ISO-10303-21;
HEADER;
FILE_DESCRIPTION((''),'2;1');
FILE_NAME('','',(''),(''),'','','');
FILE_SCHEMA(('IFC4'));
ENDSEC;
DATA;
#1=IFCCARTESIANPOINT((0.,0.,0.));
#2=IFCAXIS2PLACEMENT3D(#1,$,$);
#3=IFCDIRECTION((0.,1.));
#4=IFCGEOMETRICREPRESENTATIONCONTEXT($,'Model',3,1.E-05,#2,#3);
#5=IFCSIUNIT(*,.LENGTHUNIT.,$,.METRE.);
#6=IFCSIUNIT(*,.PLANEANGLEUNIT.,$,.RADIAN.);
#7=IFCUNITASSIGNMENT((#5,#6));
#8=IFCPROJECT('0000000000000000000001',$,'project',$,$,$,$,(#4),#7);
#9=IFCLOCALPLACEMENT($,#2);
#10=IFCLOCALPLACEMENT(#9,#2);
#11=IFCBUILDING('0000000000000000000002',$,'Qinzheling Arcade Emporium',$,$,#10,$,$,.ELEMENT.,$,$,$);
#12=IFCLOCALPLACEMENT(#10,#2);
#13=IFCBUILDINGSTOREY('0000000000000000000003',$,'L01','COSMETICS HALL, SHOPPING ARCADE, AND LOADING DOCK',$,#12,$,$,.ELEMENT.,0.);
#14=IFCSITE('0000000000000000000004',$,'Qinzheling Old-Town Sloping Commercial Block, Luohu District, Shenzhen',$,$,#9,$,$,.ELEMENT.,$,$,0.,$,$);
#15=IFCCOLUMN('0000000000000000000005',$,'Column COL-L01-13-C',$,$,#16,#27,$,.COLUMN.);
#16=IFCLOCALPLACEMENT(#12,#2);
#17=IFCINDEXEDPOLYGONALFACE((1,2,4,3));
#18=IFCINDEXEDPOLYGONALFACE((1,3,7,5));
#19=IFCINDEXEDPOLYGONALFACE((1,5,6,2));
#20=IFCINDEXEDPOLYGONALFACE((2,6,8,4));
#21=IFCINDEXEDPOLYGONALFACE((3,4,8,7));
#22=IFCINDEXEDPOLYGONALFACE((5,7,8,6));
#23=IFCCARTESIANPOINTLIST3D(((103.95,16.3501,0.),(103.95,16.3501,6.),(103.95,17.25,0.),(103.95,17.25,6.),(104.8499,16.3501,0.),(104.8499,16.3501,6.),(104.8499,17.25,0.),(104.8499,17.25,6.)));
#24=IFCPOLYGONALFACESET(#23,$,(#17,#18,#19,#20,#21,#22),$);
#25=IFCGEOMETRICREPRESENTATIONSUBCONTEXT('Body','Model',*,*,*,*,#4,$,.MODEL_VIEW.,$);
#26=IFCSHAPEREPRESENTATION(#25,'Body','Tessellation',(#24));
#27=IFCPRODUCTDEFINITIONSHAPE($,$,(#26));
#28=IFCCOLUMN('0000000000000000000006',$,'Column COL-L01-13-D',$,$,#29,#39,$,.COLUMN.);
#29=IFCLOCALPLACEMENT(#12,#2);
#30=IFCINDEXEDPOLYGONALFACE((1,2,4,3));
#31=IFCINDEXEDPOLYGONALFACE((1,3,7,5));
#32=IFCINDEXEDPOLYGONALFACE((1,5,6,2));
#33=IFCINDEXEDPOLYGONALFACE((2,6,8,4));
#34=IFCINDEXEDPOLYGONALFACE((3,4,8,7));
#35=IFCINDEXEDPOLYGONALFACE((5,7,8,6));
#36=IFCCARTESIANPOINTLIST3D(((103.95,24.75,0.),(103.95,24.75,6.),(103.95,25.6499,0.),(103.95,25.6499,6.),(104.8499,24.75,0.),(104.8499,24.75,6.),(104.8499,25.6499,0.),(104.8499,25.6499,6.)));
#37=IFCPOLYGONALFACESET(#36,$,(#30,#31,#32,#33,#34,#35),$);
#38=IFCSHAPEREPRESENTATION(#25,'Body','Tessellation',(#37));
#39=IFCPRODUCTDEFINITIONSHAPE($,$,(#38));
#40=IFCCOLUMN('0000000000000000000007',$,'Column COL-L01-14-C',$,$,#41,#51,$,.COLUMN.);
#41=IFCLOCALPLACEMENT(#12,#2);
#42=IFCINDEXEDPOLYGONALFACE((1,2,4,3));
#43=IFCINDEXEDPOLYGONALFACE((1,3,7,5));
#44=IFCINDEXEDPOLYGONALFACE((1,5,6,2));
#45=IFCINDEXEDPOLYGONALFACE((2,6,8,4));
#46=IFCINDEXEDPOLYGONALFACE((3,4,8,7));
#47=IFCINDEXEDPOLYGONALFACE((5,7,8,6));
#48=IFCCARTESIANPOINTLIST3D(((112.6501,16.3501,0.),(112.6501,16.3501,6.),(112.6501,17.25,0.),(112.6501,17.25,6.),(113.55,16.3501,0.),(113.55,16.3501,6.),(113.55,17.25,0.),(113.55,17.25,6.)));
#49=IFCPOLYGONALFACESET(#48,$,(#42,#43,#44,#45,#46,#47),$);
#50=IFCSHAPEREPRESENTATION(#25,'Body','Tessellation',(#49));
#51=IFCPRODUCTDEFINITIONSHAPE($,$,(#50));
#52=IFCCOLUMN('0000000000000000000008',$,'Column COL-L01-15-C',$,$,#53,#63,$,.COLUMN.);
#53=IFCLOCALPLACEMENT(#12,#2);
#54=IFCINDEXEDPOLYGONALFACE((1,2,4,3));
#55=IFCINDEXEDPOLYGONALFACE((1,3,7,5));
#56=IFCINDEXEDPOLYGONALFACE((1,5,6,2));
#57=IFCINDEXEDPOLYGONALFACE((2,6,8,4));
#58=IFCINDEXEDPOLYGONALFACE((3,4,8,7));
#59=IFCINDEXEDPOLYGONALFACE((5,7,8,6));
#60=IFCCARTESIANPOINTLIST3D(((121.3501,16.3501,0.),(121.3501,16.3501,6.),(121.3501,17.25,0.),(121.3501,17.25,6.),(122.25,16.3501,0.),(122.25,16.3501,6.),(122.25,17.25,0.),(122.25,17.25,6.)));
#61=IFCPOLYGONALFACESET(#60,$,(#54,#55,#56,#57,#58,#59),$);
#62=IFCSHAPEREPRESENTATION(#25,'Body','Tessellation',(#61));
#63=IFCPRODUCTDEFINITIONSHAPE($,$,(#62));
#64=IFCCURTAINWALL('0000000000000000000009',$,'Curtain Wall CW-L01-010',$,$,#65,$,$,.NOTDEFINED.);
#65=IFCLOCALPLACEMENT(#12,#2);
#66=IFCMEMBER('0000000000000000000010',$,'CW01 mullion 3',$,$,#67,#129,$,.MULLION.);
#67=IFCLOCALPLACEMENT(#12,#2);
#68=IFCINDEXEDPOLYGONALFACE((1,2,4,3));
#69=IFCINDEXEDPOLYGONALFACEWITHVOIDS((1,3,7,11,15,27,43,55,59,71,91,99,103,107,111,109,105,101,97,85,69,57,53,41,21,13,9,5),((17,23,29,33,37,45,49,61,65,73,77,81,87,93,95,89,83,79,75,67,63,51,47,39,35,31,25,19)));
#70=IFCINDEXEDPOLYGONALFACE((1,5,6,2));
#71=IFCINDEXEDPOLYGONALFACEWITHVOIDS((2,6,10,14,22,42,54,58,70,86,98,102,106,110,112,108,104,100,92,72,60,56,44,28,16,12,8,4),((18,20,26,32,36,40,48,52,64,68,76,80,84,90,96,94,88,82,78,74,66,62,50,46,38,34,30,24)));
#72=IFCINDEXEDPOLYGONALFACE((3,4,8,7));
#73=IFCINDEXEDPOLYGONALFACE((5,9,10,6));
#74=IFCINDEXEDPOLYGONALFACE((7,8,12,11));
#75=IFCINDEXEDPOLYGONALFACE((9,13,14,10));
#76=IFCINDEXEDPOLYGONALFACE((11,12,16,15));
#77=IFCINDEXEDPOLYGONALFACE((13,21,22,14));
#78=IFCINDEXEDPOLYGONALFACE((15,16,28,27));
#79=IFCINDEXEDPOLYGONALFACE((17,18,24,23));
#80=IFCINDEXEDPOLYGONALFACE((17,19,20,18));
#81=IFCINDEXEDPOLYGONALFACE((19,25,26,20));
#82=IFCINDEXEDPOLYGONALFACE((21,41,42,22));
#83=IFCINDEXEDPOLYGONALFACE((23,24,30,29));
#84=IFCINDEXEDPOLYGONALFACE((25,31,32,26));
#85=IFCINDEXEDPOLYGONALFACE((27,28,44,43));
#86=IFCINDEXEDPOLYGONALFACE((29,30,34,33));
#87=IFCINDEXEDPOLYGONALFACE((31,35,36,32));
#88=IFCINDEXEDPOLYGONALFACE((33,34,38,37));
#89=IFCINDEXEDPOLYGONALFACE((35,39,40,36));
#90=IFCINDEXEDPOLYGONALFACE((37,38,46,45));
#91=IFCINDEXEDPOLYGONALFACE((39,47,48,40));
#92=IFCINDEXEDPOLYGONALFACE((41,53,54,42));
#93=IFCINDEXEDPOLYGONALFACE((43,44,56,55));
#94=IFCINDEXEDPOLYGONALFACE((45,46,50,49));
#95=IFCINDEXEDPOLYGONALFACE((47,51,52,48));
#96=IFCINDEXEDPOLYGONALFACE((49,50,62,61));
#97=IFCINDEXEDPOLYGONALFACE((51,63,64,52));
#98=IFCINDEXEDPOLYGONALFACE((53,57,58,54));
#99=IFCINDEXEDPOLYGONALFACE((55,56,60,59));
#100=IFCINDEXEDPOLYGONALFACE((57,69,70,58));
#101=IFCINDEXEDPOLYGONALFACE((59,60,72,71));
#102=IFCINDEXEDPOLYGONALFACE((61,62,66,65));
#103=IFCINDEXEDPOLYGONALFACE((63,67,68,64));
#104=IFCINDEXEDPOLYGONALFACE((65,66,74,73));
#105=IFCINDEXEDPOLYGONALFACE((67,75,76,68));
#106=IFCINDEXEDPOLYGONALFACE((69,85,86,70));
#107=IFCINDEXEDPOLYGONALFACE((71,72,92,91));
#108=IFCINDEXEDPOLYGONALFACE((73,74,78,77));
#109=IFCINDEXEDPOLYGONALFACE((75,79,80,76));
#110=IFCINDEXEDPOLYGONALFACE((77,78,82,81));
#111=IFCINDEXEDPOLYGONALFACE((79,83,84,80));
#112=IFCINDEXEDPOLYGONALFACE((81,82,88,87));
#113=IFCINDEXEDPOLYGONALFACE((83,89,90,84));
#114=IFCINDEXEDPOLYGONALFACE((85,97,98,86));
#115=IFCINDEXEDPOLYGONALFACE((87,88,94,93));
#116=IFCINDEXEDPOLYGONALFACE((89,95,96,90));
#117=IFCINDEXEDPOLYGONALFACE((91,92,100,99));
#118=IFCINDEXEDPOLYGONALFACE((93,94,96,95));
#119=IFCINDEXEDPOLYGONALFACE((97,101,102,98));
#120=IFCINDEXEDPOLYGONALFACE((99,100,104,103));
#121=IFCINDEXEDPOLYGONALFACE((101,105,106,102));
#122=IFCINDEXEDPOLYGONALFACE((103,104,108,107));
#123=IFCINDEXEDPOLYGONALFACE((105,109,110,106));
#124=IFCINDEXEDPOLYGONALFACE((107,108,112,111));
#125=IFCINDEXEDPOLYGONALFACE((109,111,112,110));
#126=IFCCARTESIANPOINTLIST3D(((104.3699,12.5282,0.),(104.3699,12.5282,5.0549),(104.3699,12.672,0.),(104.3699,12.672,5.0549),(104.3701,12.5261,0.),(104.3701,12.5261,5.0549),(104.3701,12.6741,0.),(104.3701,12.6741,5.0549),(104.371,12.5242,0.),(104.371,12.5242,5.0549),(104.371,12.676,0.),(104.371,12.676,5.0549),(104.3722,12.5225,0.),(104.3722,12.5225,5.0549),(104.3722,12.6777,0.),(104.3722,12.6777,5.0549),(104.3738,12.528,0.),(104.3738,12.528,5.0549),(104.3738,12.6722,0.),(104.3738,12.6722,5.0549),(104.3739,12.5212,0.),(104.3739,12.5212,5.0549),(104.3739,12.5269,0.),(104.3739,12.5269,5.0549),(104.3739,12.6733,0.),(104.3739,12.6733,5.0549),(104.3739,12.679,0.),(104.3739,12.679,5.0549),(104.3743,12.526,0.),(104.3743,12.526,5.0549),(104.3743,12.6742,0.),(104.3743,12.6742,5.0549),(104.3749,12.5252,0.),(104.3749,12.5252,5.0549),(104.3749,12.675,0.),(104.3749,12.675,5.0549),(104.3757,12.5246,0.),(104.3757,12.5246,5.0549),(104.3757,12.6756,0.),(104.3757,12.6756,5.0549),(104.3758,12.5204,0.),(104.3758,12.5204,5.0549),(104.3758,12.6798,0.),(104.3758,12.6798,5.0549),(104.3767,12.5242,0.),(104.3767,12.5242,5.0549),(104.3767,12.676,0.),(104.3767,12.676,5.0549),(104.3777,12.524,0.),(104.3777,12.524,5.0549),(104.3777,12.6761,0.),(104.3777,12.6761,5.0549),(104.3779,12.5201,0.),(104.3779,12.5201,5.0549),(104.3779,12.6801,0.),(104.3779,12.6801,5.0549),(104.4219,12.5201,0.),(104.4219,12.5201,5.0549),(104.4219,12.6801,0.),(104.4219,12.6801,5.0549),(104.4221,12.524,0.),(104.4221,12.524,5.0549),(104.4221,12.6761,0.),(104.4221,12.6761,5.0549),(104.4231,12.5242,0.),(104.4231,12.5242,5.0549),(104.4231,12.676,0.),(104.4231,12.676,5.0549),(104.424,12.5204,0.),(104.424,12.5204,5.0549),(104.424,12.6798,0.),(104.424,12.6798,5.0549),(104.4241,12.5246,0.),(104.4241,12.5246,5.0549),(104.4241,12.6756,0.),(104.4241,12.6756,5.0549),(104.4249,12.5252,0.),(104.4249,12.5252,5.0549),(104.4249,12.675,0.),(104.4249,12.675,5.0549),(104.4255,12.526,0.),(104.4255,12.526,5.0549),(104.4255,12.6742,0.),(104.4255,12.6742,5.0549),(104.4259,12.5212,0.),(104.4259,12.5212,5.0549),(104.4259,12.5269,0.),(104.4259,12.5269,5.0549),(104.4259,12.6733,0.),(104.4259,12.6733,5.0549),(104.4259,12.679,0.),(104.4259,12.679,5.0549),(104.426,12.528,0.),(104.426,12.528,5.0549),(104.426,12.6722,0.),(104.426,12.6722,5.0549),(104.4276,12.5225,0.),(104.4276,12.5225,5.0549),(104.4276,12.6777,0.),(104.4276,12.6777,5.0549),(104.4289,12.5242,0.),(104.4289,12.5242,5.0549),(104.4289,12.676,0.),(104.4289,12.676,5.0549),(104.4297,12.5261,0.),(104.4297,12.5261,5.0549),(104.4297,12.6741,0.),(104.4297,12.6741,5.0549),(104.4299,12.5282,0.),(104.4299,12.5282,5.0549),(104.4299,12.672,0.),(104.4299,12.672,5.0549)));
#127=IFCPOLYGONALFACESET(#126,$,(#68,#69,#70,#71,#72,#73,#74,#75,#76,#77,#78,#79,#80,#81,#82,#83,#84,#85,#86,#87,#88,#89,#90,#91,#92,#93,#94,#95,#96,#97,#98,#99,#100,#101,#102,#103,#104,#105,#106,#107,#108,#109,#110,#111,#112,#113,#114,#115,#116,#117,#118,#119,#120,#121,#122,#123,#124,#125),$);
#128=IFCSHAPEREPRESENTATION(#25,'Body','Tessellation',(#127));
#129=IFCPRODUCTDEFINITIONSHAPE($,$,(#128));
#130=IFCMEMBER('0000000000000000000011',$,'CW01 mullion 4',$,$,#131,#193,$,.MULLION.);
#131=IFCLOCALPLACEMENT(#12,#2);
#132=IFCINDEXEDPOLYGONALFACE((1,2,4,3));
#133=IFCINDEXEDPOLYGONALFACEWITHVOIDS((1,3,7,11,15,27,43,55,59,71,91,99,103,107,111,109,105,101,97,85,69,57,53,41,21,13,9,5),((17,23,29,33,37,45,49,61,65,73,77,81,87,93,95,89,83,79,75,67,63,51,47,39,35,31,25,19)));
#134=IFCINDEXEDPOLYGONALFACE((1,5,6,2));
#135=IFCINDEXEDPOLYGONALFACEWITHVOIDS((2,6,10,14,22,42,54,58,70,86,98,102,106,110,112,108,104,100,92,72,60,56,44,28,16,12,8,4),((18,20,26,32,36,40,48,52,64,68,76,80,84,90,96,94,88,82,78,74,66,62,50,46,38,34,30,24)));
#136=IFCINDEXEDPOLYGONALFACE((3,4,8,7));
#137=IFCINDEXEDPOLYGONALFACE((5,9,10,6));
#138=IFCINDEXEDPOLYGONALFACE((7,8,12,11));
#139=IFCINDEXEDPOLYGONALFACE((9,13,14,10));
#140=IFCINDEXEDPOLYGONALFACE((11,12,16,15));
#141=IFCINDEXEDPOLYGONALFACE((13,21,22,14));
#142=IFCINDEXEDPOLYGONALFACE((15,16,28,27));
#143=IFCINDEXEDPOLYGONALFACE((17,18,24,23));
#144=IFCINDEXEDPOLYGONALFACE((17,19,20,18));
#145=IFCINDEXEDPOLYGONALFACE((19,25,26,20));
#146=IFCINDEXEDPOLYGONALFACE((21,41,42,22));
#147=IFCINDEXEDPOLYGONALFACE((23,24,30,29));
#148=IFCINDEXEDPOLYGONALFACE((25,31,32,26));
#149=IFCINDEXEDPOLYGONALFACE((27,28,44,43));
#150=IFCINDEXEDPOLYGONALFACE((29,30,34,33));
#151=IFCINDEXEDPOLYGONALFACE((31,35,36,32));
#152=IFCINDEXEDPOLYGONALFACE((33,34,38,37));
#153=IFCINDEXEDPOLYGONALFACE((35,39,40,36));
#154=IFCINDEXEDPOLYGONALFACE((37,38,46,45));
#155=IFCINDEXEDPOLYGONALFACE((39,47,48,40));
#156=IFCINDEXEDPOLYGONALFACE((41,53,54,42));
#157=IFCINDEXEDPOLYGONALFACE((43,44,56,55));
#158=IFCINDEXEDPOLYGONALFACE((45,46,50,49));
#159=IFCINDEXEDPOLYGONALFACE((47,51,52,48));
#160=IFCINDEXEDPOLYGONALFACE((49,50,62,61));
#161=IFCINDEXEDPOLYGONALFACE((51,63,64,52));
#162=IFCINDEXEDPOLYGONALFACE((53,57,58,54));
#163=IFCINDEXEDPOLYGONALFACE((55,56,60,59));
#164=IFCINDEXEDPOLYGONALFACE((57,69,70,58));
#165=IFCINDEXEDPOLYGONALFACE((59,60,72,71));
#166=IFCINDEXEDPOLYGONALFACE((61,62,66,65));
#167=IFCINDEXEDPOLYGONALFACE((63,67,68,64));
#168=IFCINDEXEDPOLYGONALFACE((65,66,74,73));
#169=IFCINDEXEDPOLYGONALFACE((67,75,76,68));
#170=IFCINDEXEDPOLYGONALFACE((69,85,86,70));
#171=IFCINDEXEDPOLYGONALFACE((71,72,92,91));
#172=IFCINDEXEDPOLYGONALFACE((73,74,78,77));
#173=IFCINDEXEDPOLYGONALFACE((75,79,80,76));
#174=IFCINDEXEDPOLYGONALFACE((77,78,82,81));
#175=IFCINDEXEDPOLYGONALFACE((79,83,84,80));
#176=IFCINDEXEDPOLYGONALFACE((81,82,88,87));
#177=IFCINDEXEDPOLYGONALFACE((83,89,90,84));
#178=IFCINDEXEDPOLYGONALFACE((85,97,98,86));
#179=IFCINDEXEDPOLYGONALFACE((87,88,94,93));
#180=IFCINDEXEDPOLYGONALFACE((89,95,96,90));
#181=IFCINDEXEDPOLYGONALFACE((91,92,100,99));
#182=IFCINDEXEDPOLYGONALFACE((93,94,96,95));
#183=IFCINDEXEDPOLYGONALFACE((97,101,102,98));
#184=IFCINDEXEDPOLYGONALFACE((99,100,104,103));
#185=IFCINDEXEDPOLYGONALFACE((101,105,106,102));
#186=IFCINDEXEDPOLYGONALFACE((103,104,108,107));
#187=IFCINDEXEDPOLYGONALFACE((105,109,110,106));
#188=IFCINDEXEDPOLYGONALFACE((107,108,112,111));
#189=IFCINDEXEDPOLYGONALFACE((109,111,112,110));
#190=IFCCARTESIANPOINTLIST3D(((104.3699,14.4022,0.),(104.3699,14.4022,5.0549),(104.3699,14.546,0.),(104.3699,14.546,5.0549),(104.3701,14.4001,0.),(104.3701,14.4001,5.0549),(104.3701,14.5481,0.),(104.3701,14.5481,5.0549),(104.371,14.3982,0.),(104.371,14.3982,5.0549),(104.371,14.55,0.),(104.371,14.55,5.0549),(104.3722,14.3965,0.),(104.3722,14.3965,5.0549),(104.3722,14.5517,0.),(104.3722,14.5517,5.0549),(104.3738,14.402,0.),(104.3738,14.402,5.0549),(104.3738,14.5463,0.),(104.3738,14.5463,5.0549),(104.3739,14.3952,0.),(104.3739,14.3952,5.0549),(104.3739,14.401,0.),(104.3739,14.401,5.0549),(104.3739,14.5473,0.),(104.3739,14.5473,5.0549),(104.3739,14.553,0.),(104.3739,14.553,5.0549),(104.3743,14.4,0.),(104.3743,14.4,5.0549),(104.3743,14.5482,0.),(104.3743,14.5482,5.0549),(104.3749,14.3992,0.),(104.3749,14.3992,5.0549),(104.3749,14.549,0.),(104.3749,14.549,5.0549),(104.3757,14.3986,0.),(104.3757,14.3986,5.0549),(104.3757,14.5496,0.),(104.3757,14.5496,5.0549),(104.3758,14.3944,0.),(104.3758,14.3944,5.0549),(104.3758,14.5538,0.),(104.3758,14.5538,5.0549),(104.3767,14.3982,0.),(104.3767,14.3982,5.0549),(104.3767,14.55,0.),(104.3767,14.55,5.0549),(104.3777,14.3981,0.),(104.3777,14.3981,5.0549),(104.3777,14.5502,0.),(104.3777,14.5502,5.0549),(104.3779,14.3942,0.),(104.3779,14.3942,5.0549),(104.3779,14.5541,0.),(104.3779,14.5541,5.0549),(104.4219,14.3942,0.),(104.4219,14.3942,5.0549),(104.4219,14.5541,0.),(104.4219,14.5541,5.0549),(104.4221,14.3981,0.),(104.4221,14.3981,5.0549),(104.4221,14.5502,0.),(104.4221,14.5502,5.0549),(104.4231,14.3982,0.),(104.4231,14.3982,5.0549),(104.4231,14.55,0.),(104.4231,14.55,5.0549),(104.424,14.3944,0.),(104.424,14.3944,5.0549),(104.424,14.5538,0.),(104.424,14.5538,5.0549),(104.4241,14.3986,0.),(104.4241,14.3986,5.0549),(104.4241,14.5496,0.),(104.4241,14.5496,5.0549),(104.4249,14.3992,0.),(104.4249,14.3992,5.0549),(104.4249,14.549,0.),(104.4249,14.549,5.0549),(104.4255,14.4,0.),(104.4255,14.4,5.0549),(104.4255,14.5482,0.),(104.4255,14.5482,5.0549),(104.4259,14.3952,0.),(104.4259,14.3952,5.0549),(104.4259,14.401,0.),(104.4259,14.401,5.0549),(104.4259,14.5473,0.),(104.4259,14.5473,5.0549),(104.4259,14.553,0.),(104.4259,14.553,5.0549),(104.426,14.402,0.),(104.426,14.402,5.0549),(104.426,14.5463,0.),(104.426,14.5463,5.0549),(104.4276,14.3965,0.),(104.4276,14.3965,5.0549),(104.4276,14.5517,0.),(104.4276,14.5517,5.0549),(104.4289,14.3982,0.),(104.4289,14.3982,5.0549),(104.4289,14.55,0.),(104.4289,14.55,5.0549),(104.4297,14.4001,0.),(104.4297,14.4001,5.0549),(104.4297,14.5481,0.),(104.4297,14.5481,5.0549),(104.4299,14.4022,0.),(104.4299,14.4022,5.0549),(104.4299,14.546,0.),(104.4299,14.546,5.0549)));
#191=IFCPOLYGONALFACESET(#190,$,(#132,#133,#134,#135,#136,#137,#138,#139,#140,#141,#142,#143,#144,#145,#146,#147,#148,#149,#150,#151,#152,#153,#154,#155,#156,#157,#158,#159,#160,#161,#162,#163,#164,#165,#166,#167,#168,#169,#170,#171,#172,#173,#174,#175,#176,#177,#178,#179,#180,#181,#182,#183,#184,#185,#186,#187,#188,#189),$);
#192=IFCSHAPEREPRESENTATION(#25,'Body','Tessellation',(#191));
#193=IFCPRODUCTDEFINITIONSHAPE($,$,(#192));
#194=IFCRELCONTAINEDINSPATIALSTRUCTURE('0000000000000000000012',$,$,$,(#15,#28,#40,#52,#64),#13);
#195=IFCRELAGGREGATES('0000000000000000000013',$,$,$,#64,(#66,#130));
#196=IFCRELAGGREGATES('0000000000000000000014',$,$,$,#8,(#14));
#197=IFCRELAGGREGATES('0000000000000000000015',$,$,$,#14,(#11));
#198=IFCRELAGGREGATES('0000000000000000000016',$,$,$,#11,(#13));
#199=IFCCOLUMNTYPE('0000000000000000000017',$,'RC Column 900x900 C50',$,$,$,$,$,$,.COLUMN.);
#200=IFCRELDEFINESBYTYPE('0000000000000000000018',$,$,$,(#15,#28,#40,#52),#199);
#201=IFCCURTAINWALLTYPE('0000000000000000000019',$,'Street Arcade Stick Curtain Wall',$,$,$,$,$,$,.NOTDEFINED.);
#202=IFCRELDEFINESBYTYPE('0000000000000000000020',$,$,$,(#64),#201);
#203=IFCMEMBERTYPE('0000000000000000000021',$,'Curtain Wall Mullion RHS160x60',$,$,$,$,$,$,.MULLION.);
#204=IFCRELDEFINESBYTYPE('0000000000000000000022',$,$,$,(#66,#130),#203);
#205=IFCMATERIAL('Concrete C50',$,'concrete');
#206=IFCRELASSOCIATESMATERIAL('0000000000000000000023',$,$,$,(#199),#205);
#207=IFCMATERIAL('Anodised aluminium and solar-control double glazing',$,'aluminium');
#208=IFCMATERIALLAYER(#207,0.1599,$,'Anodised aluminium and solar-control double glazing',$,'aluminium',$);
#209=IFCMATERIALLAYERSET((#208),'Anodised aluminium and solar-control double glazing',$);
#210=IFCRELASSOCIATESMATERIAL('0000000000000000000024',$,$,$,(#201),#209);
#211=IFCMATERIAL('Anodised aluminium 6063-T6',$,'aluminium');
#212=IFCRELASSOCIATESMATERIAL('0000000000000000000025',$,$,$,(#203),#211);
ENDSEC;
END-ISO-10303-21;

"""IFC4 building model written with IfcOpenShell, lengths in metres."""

from ifc_helpers import new_model, si_unit, direction, frame, origin, origin_2d, place, context, subcontext, project, spatial, rectangle, hollow_rectangle, extrude, material, layer, layer_set, material_profile, profile_set, type_object, element, aggregate, save


model = new_model("IFC4")

# Units and contexts
model_context = context("Model", 3, precision=1e-05, world=origin(), true_north=direction((0.0, 1.0)))
body_context = subcontext(model_context, "Body", "Model", "MODEL_VIEW")
ifc_project = project(units=[si_unit("LENGTHUNIT", "METRE"), si_unit("PLANEANGLEUNIT", "RADIAN")], contexts=[model_context])

# Site, building, storey
site_placement = place(None, origin())
site = spatial("IfcSite", under=ifc_project, at=site_placement, Name="Qinzheling Old-Town Sloping Commercial Block, Luohu District, Shenzhen", CompositionType="ELEMENT", RefElevation=0.0)
building_placement = place(site_placement, origin())
building = spatial("IfcBuilding", under=site, at=building_placement, Name="Qinzheling Arcade Emporium", CompositionType="ELEMENT")
storey_placement = place(building_placement, origin())
storey = spatial("IfcBuildingStorey", under=building, at=storey_placement, Name="L01", Description="COSMETICS HALL, SHOPPING ARCADE, AND LOADING DOCK", CompositionType="ELEMENT", Elevation=0.0)

# Columns
ifc_material_1 = material(Name="Concrete C50", Category="concrete")
ifc_material_profile_1 = material_profile(ifc_material_1, rectangle(XDim=0.8999, YDim=0.8999, at=origin_2d()), Name="RC 900x900", Category="concrete")
ifc_profile_set_1 = profile_set([ifc_material_profile_1], Name="Concrete C50")
column_type = type_object("IfcColumnType", Name="RC Column 900x900 C50", PredefinedType="COLUMN", material=ifc_profile_set_1)
for number, where, z_axis, x_axis, name in (
    (1, (104.3999, 16.8, 0.0), (0.0, 0.0, 1.0), (1.0, 0.0, 0.0), "Column COL-L01-13-C"),
    (2, (104.3999, 25.2, 0.0), (0.0, 0.0, 1.0), (1.0, 0.0, 0.0), "Column COL-L01-13-D"),
    (3, (113.1001, 16.8, 0.0), (0.0, 0.0, 1.0), (1.0, 0.0, 0.0), "Column COL-L01-14-C"),
    (4, (121.8, 16.8, 0.0), (0.0, 0.0, 1.0), (1.0, 0.0, 0.0), "Column COL-L01-15-C"),
):
    element("IfcColumn", number, at=place(storey_placement, frame(where, z_axis=z_axis, x_axis=x_axis)), inside=storey, type_object=column_type, Name=name, PredefinedType="COLUMN", context=body_context, shape_type="SweptSolid", body=[
        extrude(rectangle(XDim=0.8999, YDim=0.8999, at=origin_2d()), origin(), (0.0, 0.0, 1.0), 6.0),
    ])

# Curtain wall, members
ifc_material_2 = material(Name="Anodised aluminium and solar-control double glazing", Category="aluminium")
ifc_layer_1 = layer(ifc_material_2, 0.1599, Name="Anodised aluminium and solar-control double glazing", Category="aluminium")
ifc_layer_set_1 = layer_set([ifc_layer_1], Name="Anodised aluminium and solar-control double glazing")
curtain_wall_type = type_object("IfcCurtainWallType", Name="Street Arcade Stick Curtain Wall", PredefinedType="NOTDEFINED", material=ifc_layer_set_1)
curtain_wall_placement = place(storey_placement, origin())
curtain_wall = element("IfcCurtainWall", 5, at=curtain_wall_placement, inside=storey, type_object=curtain_wall_type, Name="Curtain Wall CW-L01-010", PredefinedType="NOTDEFINED")
ifc_material_3 = material(Name="Anodised aluminium 6063-T6", Category="aluminium")
ifc_material_profile_2 = material_profile(ifc_material_3, hollow_rectangle(XDim=0.0601, YDim=0.1599, WallThickness=0.0039, InnerFilletRadius=0.0039, OuterFilletRadius=0.0081, at=origin_2d()), Name="RHS 160x60x4", Category="aluminium")
ifc_profile_set_2 = profile_set([ifc_material_profile_2], Name="Anodised aluminium 6063-T6")
member_type_1 = type_object("IfcMemberType", Name="Curtain Wall Mullion RHS160x60", PredefinedType="MULLION", material=ifc_profile_set_2)
member_1_placement = place(storey_placement, frame((104.3999, 12.6001, 0.0), z_axis=(0.0, 0.0, 1.0), x_axis=(-1.0, 0.0, 0.0)))
member_1 = element("IfcMember", 6, at=member_1_placement, type_object=member_type_1, Name="CW01 mullion 3", PredefinedType="MULLION", context=body_context, shape_type="SweptSolid", body=[
    extrude(hollow_rectangle(XDim=0.0601, YDim=0.1599, WallThickness=0.0039, InnerFilletRadius=0.0039, OuterFilletRadius=0.0081, at=origin_2d()), origin(), (0.0, 0.0, 1.0), 5.0549),
])
member_2_placement = place(storey_placement, frame((104.3999, 14.4741, 0.0), z_axis=(0.0, 0.0, 1.0), x_axis=(-1.0, 0.0, 0.0)))
member_2 = element("IfcMember", 7, at=member_2_placement, type_object=member_type_1, Name="CW01 mullion 4", PredefinedType="MULLION", context=body_context, shape_type="SweptSolid", body=[
    extrude(hollow_rectangle(XDim=0.0601, YDim=0.1599, WallThickness=0.0039, InnerFilletRadius=0.0039, OuterFilletRadius=0.0081, at=origin_2d()), origin(), (0.0, 0.0, 1.0), 5.0549),
])

aggregate(curtain_wall, [member_1, member_2])

save(model, "model.ifc")
